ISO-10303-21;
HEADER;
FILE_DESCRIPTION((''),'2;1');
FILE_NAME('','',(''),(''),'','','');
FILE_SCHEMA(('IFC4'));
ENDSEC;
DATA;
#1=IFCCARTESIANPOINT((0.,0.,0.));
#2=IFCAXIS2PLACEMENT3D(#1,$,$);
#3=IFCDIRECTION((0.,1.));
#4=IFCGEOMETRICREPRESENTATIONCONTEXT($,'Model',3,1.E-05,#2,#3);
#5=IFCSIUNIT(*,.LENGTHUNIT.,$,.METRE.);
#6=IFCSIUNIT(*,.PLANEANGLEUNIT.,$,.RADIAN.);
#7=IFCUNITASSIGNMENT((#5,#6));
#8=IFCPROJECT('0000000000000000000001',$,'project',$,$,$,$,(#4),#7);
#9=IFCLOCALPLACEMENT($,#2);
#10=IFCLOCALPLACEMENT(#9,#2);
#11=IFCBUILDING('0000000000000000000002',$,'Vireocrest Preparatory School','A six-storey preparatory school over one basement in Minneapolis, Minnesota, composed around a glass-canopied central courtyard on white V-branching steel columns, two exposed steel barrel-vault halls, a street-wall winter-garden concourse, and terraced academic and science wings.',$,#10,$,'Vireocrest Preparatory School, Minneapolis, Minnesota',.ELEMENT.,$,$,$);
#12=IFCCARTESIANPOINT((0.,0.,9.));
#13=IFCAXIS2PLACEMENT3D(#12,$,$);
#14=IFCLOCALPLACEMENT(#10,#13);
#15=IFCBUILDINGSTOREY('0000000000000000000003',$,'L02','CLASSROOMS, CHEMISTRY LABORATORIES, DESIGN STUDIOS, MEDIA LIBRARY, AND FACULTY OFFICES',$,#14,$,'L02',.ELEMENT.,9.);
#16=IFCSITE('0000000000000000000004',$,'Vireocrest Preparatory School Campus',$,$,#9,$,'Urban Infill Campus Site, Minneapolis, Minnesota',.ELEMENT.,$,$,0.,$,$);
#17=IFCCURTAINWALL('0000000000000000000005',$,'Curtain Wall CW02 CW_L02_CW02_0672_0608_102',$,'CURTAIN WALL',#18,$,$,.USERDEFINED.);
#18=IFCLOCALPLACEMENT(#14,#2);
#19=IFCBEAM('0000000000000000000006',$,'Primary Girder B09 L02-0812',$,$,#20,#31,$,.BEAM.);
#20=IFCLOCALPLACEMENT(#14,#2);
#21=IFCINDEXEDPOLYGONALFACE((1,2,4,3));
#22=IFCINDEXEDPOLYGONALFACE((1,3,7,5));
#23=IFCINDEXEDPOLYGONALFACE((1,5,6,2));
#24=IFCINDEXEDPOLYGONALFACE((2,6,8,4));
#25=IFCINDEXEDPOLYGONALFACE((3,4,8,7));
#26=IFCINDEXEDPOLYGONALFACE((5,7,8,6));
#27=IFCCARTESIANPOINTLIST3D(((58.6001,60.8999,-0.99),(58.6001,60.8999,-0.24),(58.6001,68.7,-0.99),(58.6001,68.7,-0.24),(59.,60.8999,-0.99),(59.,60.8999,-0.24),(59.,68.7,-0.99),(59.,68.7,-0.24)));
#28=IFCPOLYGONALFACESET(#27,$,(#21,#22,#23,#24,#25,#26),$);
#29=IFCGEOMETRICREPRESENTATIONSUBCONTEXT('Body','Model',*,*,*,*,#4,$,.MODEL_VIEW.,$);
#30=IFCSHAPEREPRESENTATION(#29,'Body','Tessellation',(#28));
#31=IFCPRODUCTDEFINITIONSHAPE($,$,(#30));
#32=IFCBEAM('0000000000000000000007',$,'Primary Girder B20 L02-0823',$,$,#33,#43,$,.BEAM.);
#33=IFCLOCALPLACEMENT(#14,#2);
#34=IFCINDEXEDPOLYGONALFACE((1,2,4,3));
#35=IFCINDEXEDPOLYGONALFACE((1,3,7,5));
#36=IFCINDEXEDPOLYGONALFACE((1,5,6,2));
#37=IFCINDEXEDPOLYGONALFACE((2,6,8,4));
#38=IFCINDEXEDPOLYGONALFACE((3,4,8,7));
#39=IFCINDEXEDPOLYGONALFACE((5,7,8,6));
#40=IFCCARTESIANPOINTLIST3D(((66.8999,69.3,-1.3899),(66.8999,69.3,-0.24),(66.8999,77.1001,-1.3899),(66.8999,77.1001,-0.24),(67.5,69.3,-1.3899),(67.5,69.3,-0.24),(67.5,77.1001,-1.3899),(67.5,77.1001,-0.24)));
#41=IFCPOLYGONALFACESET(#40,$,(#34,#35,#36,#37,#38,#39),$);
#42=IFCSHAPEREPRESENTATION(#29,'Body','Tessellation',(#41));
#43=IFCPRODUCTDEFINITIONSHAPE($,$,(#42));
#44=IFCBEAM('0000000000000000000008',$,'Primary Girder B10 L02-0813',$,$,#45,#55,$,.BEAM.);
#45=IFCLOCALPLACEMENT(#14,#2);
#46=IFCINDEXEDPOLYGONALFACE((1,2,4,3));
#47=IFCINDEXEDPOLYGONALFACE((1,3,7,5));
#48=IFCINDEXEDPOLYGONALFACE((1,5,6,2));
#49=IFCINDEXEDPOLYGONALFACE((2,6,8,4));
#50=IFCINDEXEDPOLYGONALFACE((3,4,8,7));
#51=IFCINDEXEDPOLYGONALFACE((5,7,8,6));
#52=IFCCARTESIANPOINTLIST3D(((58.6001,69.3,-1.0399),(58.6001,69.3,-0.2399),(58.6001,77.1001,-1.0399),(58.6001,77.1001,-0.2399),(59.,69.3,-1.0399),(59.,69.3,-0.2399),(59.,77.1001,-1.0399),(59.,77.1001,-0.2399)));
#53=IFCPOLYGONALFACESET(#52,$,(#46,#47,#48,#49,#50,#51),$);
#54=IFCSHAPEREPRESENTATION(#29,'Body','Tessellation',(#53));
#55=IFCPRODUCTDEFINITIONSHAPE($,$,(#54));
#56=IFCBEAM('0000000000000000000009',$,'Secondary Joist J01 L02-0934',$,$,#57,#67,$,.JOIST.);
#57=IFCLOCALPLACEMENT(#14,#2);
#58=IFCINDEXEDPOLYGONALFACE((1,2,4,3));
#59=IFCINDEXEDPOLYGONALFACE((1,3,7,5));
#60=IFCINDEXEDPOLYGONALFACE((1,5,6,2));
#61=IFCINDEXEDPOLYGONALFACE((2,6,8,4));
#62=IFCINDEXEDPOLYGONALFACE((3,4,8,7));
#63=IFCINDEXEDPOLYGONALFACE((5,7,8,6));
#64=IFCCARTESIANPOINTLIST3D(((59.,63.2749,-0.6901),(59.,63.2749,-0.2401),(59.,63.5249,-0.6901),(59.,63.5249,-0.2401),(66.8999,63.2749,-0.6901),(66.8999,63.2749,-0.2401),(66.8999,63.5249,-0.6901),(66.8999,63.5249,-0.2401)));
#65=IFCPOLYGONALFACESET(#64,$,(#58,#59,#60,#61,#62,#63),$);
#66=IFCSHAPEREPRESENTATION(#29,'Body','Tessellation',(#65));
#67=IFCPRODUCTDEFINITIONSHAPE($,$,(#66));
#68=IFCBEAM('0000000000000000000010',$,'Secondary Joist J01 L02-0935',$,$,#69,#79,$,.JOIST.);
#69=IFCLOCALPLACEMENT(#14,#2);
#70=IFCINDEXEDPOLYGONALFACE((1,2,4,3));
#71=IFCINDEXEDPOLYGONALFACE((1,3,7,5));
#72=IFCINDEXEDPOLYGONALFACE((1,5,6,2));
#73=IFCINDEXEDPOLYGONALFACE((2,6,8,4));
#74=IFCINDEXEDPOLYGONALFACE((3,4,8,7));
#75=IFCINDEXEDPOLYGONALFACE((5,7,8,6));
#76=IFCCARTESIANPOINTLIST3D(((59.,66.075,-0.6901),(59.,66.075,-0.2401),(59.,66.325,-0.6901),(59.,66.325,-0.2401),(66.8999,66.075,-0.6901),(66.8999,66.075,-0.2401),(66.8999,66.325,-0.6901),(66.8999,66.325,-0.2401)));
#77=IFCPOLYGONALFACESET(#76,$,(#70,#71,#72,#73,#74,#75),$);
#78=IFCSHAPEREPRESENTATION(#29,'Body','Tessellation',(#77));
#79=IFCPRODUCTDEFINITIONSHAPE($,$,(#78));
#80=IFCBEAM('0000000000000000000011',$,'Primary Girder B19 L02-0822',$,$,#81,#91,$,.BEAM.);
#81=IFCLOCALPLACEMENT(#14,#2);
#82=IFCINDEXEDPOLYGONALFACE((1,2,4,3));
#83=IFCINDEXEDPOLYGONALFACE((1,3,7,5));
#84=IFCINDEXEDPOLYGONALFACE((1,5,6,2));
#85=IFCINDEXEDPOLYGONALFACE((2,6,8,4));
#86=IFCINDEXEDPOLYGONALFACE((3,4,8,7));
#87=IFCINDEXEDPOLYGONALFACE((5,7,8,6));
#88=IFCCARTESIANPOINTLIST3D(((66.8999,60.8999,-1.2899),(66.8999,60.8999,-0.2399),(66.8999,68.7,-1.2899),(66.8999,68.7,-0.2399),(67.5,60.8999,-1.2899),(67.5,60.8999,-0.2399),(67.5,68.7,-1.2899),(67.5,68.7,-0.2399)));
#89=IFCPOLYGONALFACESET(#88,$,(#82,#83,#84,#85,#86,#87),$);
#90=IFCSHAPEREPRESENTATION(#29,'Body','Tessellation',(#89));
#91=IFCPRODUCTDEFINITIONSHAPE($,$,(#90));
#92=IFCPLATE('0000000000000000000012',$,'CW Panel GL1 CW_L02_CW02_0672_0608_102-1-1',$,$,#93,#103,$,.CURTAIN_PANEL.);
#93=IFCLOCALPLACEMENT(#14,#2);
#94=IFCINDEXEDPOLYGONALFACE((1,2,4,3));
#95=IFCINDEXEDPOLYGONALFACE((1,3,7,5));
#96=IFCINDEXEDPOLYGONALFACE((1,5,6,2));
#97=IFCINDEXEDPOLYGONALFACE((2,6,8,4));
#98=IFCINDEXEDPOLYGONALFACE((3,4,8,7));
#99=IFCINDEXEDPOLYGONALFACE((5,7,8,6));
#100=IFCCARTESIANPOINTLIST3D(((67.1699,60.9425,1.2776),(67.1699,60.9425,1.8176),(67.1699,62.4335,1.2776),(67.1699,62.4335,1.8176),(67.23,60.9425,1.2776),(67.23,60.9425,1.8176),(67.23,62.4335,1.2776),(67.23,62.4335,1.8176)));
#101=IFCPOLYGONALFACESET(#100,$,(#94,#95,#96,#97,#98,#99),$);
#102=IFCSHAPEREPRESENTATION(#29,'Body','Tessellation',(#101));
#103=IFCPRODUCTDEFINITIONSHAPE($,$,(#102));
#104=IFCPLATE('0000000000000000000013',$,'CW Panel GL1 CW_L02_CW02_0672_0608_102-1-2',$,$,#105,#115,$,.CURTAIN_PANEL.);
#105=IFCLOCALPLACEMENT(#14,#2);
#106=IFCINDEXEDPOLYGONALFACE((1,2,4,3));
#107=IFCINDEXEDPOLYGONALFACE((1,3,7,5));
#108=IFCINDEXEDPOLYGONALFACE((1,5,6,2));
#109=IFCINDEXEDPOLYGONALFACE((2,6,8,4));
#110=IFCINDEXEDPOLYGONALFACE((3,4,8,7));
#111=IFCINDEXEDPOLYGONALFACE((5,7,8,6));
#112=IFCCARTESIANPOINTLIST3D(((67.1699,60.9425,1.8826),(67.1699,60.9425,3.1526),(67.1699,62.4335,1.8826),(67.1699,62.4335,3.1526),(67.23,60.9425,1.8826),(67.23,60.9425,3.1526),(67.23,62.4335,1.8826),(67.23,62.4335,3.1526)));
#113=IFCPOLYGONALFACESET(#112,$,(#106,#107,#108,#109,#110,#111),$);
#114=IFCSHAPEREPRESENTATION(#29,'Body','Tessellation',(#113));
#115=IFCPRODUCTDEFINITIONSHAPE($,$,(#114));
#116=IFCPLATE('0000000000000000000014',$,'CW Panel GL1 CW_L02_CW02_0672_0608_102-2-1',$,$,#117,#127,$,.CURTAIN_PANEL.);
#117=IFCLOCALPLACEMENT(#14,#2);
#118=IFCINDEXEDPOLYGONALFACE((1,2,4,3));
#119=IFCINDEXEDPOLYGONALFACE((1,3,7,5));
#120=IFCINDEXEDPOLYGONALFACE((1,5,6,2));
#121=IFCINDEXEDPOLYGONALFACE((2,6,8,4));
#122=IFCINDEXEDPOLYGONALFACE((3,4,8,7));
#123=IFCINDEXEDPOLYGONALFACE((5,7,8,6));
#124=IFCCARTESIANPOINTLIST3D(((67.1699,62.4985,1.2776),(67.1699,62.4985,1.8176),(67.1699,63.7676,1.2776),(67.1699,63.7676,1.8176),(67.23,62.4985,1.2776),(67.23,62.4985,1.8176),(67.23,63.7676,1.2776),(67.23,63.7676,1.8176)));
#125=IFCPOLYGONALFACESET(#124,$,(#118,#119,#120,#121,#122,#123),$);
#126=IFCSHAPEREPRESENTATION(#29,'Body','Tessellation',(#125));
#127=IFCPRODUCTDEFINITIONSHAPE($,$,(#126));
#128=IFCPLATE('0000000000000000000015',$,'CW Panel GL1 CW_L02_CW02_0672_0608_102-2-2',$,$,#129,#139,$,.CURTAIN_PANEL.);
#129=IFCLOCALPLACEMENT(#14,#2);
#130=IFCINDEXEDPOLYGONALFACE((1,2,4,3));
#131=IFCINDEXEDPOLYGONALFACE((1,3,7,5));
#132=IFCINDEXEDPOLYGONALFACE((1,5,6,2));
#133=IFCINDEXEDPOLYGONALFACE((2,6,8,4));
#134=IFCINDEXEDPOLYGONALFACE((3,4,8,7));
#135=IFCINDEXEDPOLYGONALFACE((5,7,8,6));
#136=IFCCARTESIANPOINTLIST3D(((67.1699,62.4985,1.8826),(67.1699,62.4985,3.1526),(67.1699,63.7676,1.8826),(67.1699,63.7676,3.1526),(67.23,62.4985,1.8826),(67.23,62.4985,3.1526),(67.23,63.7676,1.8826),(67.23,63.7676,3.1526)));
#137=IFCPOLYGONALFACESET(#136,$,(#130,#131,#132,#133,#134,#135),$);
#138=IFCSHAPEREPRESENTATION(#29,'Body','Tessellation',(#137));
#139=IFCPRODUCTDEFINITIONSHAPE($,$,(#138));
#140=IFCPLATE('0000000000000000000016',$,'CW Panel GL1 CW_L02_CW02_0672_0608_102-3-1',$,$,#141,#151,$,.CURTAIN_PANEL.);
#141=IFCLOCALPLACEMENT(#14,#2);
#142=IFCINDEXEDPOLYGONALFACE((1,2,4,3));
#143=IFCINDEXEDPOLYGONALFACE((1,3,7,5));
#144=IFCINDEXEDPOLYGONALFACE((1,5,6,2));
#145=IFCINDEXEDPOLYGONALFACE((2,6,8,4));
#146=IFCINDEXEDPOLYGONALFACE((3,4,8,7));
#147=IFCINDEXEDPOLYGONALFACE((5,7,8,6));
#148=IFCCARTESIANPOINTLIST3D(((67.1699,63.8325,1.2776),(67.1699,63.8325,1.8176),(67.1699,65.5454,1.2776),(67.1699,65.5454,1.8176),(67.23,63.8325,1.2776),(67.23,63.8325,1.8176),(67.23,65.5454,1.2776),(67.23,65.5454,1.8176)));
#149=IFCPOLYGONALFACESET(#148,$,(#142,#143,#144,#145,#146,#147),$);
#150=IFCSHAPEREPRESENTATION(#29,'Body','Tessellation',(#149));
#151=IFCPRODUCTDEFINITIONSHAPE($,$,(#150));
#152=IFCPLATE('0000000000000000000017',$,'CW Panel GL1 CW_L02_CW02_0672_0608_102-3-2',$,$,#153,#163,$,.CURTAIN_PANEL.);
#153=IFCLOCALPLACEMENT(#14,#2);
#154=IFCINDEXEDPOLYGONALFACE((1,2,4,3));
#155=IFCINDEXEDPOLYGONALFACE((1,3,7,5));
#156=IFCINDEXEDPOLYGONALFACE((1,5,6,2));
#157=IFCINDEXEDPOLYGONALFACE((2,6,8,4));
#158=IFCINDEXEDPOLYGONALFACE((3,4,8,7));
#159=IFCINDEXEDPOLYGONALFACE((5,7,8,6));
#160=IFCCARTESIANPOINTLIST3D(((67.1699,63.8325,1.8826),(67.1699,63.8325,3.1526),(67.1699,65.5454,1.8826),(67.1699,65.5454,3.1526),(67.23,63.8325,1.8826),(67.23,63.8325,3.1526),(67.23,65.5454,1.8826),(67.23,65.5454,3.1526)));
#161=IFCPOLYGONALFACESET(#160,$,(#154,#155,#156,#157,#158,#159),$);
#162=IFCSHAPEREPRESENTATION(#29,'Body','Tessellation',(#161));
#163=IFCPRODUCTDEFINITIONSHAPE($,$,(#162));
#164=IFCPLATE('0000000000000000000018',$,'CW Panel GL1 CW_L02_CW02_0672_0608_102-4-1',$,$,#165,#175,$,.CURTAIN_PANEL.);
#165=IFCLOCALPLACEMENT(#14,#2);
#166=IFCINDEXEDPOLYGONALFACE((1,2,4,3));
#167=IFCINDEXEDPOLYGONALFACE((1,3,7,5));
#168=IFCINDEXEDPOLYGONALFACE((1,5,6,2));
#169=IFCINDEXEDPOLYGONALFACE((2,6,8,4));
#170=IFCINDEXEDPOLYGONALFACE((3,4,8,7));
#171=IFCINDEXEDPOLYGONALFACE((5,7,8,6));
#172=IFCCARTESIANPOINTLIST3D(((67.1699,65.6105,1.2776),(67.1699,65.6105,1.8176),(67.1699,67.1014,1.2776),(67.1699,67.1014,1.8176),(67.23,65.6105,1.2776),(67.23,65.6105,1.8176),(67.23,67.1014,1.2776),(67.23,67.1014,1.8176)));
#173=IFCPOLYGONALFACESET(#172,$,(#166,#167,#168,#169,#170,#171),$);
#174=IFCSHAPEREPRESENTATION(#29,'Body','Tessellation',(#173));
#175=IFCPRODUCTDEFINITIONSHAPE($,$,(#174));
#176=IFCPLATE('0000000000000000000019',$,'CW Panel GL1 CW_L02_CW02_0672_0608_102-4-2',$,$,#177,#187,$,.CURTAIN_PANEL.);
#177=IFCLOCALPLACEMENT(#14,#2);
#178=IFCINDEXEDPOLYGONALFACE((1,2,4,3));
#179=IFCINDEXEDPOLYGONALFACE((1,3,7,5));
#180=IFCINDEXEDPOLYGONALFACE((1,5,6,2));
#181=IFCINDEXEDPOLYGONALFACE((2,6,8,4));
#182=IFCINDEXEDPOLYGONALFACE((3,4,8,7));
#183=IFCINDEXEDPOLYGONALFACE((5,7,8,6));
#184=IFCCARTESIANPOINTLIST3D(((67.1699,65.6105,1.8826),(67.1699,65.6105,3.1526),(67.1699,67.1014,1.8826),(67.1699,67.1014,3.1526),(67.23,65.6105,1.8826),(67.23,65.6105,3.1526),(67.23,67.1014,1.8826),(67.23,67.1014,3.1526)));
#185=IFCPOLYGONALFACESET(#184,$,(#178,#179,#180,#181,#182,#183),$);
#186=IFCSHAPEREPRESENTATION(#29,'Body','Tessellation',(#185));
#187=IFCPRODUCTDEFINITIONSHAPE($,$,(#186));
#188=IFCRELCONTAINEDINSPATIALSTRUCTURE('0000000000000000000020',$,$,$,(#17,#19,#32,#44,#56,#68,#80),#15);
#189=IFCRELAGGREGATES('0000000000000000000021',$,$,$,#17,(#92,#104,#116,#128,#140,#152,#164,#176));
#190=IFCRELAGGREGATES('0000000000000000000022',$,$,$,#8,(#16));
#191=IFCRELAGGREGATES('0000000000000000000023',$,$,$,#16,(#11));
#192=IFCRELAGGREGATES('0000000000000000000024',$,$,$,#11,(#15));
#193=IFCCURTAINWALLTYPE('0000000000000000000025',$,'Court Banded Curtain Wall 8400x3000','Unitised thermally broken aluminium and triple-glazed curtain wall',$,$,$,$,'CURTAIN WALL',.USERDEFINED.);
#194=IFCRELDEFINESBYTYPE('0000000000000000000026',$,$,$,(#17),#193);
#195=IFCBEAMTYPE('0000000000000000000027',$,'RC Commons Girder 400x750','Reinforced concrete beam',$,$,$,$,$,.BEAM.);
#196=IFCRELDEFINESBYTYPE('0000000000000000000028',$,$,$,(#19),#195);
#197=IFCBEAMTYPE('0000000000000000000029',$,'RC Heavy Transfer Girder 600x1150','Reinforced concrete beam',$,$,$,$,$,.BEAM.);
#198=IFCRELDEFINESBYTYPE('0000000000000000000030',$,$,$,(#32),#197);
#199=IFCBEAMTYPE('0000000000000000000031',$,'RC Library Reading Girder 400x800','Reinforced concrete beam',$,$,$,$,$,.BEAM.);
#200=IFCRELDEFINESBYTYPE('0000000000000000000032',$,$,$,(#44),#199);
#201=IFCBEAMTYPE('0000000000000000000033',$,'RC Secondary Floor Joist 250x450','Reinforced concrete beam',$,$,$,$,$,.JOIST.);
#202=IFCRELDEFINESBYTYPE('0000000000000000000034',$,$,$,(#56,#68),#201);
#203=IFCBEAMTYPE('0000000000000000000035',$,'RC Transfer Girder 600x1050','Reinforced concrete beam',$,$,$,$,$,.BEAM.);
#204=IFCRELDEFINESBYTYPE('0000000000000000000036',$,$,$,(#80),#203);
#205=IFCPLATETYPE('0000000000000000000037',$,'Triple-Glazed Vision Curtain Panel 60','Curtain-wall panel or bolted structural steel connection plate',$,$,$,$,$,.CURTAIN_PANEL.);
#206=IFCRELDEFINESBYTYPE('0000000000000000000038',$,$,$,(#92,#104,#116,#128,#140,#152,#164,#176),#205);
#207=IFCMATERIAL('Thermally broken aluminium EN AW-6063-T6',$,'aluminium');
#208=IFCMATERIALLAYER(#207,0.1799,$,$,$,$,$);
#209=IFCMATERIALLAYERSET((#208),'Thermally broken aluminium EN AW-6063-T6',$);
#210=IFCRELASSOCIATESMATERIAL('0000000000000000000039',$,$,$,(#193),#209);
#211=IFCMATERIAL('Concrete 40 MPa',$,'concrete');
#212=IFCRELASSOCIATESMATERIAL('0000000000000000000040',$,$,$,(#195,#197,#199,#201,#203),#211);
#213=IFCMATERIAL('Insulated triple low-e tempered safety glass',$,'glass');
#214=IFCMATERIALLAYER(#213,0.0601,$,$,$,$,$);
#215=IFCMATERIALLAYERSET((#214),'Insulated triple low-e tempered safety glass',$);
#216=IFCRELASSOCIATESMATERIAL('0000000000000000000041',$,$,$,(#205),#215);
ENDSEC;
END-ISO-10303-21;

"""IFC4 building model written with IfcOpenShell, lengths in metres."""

from ifc_helpers import new_model, si_unit, direction, frame, origin, origin_2d, place, context, subcontext, project, spatial, rectangle, extrude, material, layer, layer_set, material_profile, profile_set, type_object, element, aggregate, save


model = new_model("IFC4")

# Units and contexts
model_context = context("Model", 3, precision=1e-05, world=origin(), true_north=direction((0.0, 1.0)))
body_context = subcontext(model_context, "Body", "Model", "MODEL_VIEW")
ifc_project = project(units=[si_unit("LENGTHUNIT", "METRE"), si_unit("PLANEANGLEUNIT", "RADIAN")], contexts=[model_context])

# Site, building, storey
site_placement = place(None, origin())
site = spatial("IfcSite", under=ifc_project, at=site_placement, Name="Vireocrest Preparatory School Campus", LongName="Urban Infill Campus Site, Minneapolis, Minnesota", CompositionType="ELEMENT", RefElevation=0.0)
building_placement = place(site_placement, origin())
building = spatial("IfcBuilding", under=site, at=building_placement, Name="Vireocrest Preparatory School", Description="A six-storey preparatory school over one basement in Minneapolis, Minnesota, composed around a glass-canopied central courtyard on white V-branching steel columns, two exposed steel barrel-vault halls, a street-wall winter-garden concourse, and terraced academic and science wings.", LongName="Vireocrest Preparatory School, Minneapolis, Minnesota", CompositionType="ELEMENT")
storey_placement = place(building_placement, frame((0.0, 0.0, 9.0)))
storey = spatial("IfcBuildingStorey", under=building, at=storey_placement, Name="L02", Description="CLASSROOMS, CHEMISTRY LABORATORIES, DESIGN STUDIOS, MEDIA LIBRARY, AND FACULTY OFFICES", LongName="L02", CompositionType="ELEMENT", Elevation=9.0)

# Curtain wall
ifc_material_1 = material(Name="Thermally broken aluminium EN AW-6063-T6", Category="aluminium")
ifc_layer_1 = layer(ifc_material_1, 0.1799)
ifc_layer_set_1 = layer_set([ifc_layer_1], Name="Thermally broken aluminium EN AW-6063-T6")
curtain_wall_type = type_object("IfcCurtainWallType", Name="Court Banded Curtain Wall 8400x3000", Description="Unitised thermally broken aluminium and triple-glazed curtain wall", ElementType="CURTAIN WALL", PredefinedType="USERDEFINED", material=ifc_layer_set_1)
curtain_wall_1_placement = place(storey_placement, origin())
curtain_wall_1 = element("IfcCurtainWall", 1, at=curtain_wall_1_placement, inside=storey, type_object=curtain_wall_type, Name="Curtain Wall CW02 CW_L02_CW02_0672_0608_102", ObjectType="CURTAIN WALL", PredefinedType="USERDEFINED")

# Beams
ifc_material_2 = material(Name="Concrete 40 MPa", Category="concrete")
ifc_material_profile_1 = material_profile(ifc_material_2, rectangle(XDim=0.3999, YDim=0.75, at=origin_2d()), Name="RC 400x750")
ifc_profile_set_1 = profile_set([ifc_material_profile_1], Name="Concrete 40 MPa")
beam_type_1 = type_object("IfcBeamType", Name="RC Commons Girder 400x750", Description="Reinforced concrete beam", PredefinedType="BEAM", material=ifc_profile_set_1)
beam_1_placement = place(storey_placement, frame((58.8, 60.8999, -0.615), z_axis=(0.0, 1.0, 0.0), x_axis=(-1.0, 0.0, 0.0)))
element("IfcBeam", 2, at=beam_1_placement, inside=storey, type_object=beam_type_1, Name="Primary Girder B09 L02-0812", PredefinedType="BEAM", context=body_context, shape_type="SweptSolid", body=[
    extrude(rectangle(XDim=0.3999, YDim=0.75, at=origin_2d()), origin(), (0.0, 0.0, 1.0), 7.8),
])
ifc_material_profile_2 = material_profile(ifc_material_2, rectangle(XDim=0.6001, YDim=1.1499, at=origin_2d()), Name="RC 600x1150")
ifc_profile_set_2 = profile_set([ifc_material_profile_2], Name="Concrete 40 MPa")
beam_type_2 = type_object("IfcBeamType", Name="RC Heavy Transfer Girder 600x1150", Description="Reinforced concrete beam", PredefinedType="BEAM", material=ifc_profile_set_2)
beam_2_placement = place(storey_placement, frame((67.2, 69.3, -0.8149), z_axis=(0.0, 1.0, 0.0), x_axis=(-1.0, 0.0, 0.0)))
element("IfcBeam", 3, at=beam_2_placement, inside=storey, type_object=beam_type_2, Name="Primary Girder B20 L02-0823", PredefinedType="BEAM", context=body_context, shape_type="SweptSolid", body=[
    extrude(rectangle(XDim=0.6001, YDim=1.1499, at=origin_2d()), origin(), (0.0, 0.0, 1.0), 7.8),
])
ifc_material_profile_3 = material_profile(ifc_material_2, rectangle(XDim=0.3999, YDim=0.8, at=origin_2d()), Name="RC 400x800")
ifc_profile_set_3 = profile_set([ifc_material_profile_3], Name="Concrete 40 MPa")
beam_type_3 = type_object("IfcBeamType", Name="RC Library Reading Girder 400x800", Description="Reinforced concrete beam", PredefinedType="BEAM", material=ifc_profile_set_3)
beam_3_placement = place(storey_placement, frame((58.8, 69.3, -0.6399), z_axis=(0.0, 1.0, 0.0), x_axis=(-1.0, 0.0, 0.0)))
element("IfcBeam", 4, at=beam_3_placement, inside=storey, type_object=beam_type_3, Name="Primary Girder B10 L02-0813", PredefinedType="BEAM", context=body_context, shape_type="SweptSolid", body=[
    extrude(rectangle(XDim=0.3999, YDim=0.8, at=origin_2d()), origin(), (0.0, 0.0, 1.0), 7.8),
])
ifc_material_profile_4 = material_profile(ifc_material_2, rectangle(XDim=0.25, YDim=0.45, at=origin_2d()), Name="RC 250x450")
ifc_profile_set_4 = profile_set([ifc_material_profile_4], Name="Concrete 40 MPa")
beam_type_4 = type_object("IfcBeamType", Name="RC Secondary Floor Joist 250x450", Description="Reinforced concrete beam", PredefinedType="JOIST", material=ifc_profile_set_4)
for number, where, z_axis, x_axis, name in (
    (5, (59.0, 63.3999, -0.4651), (1.0, 0.0, 0.0), (0.0, 1.0, 0.0), "Secondary Joist J01 L02-0934"),
    (6, (59.0, 66.2, -0.4651), (1.0, 0.0, 0.0), (0.0, 1.0, 0.0), "Secondary Joist J01 L02-0935"),
):
    element("IfcBeam", number, at=place(storey_placement, frame(where, z_axis=z_axis, x_axis=x_axis)), inside=storey, type_object=beam_type_4, Name=name, PredefinedType="JOIST", context=body_context, shape_type="SweptSolid", body=[
        extrude(rectangle(XDim=0.25, YDim=0.45, at=origin_2d()), origin(), (0.0, 0.0, 1.0), 7.8999),
    ])
ifc_material_profile_5 = material_profile(ifc_material_2, rectangle(XDim=0.6001, YDim=1.05, at=origin_2d()), Name="RC 600x1050")
ifc_profile_set_5 = profile_set([ifc_material_profile_5], Name="Concrete 40 MPa")
beam_type_5 = type_object("IfcBeamType", Name="RC Transfer Girder 600x1050", Description="Reinforced concrete beam", PredefinedType="BEAM", material=ifc_profile_set_5)
beam_4_placement = place(storey_placement, frame((67.2, 60.8999, -0.7649), z_axis=(0.0, 1.0, 0.0), x_axis=(-1.0, 0.0, 0.0)))
element("IfcBeam", 7, at=beam_4_placement, inside=storey, type_object=beam_type_5, Name="Primary Girder B19 L02-0822", PredefinedType="BEAM", context=body_context, shape_type="SweptSolid", body=[
    extrude(rectangle(XDim=0.6001, YDim=1.05, at=origin_2d()), origin(), (0.0, 0.0, 1.0), 7.8),
])

# Plates
ifc_material_3 = material(Name="Insulated triple low-e tempered safety glass", Category="glass")
ifc_layer_2 = layer(ifc_material_3, 0.0601)
ifc_layer_set_2 = layer_set([ifc_layer_2], Name="Insulated triple low-e tempered safety glass")
plate_type = type_object("IfcPlateType", Name="Triple-Glazed Vision Curtain Panel 60", Description="Curtain-wall panel or bolted structural steel connection plate", PredefinedType="CURTAIN_PANEL", material=ifc_layer_set_2)
plate_1_placement = place(storey_placement, frame((67.2, 61.688, 1.2776), z_axis=(0.0, 0.0, 1.0), x_axis=(0.0, 1.0, 0.0)))
plate_1 = element("IfcPlate", 8, at=plate_1_placement, type_object=plate_type, Name="CW Panel GL1 CW_L02_CW02_0672_0608_102-1-1", PredefinedType="CURTAIN_PANEL", context=body_context, shape_type="SweptSolid", body=[
    extrude(rectangle(XDim=1.491, YDim=0.0601, at=origin_2d()), origin(), (0.0, 0.0, 1.0), 0.54),
])
plate_2_placement = place(storey_placement, frame((67.2, 61.688, 1.8826), z_axis=(0.0, 0.0, 1.0), x_axis=(0.0, 1.0, 0.0)))
plate_2 = element("IfcPlate", 9, at=plate_2_placement, type_object=plate_type, Name="CW Panel GL1 CW_L02_CW02_0672_0608_102-1-2", PredefinedType="CURTAIN_PANEL", context=body_context, shape_type="SweptSolid", body=[
    extrude(rectangle(XDim=1.491, YDim=0.0601, at=origin_2d()), origin(), (0.0, 0.0, 1.0), 1.27),
])
plate_3_placement = place(storey_placement, frame((67.2, 63.1331, 1.2776), z_axis=(0.0, 0.0, 1.0), x_axis=(0.0, 1.0, 0.0)))
plate_3 = element("IfcPlate", 10, at=plate_3_placement, type_object=plate_type, Name="CW Panel GL1 CW_L02_CW02_0672_0608_102-2-1", PredefinedType="CURTAIN_PANEL", context=body_context, shape_type="SweptSolid", body=[
    extrude(rectangle(XDim=1.269, YDim=0.0601, at=origin_2d()), origin(), (0.0, 0.0, 1.0), 0.54),
])
plate_4_placement = place(storey_placement, frame((67.2, 63.1331, 1.8826), z_axis=(0.0, 0.0, 1.0), x_axis=(0.0, 1.0, 0.0)))
plate_4 = element("IfcPlate", 11, at=plate_4_placement, type_object=plate_type, Name="CW Panel GL1 CW_L02_CW02_0672_0608_102-2-2", PredefinedType="CURTAIN_PANEL", context=body_context, shape_type="SweptSolid", body=[
    extrude(rectangle(XDim=1.269, YDim=0.0601, at=origin_2d()), origin(), (0.0, 0.0, 1.0), 1.27),
])
plate_5_placement = place(storey_placement, frame((67.2, 64.689, 1.2776), z_axis=(0.0, 0.0, 1.0), x_axis=(0.0, 1.0, 0.0)))
plate_5 = element("IfcPlate", 12, at=plate_5_placement, type_object=plate_type, Name="CW Panel GL1 CW_L02_CW02_0672_0608_102-3-1", PredefinedType="CURTAIN_PANEL", context=body_context, shape_type="SweptSolid", body=[
    extrude(rectangle(XDim=1.7129, YDim=0.0601, at=origin_2d()), origin(), (0.0, 0.0, 1.0), 0.54),
])
plate_6_placement = place(storey_placement, frame((67.2, 64.689, 1.8826), z_axis=(0.0, 0.0, 1.0), x_axis=(0.0, 1.0, 0.0)))
plate_6 = element("IfcPlate", 13, at=plate_6_placement, type_object=plate_type, Name="CW Panel GL1 CW_L02_CW02_0672_0608_102-3-2", PredefinedType="CURTAIN_PANEL", context=body_context, shape_type="SweptSolid", body=[
    extrude(rectangle(XDim=1.7129, YDim=0.0601, at=origin_2d()), origin(), (0.0, 0.0, 1.0), 1.27),
])
plate_7_placement = place(storey_placement, frame((67.2, 66.356, 1.2776), z_axis=(0.0, 0.0, 1.0), x_axis=(0.0, 1.0, 0.0)))
plate_7 = element("IfcPlate", 14, at=plate_7_placement, type_object=plate_type, Name="CW Panel GL1 CW_L02_CW02_0672_0608_102-4-1", PredefinedType="CURTAIN_PANEL", context=body_context, shape_type="SweptSolid", body=[
    extrude(rectangle(XDim=1.491, YDim=0.0601, at=origin_2d()), origin(), (0.0, 0.0, 1.0), 0.54),
])
plate_8_placement = place(storey_placement, frame((67.2, 66.356, 1.8826), z_axis=(0.0, 0.0, 1.0), x_axis=(0.0, 1.0, 0.0)))
plate_8 = element("IfcPlate", 15, at=plate_8_placement, type_object=plate_type, Name="CW Panel GL1 CW_L02_CW02_0672_0608_102-4-2", PredefinedType="CURTAIN_PANEL", context=body_context, shape_type="SweptSolid", body=[
    extrude(rectangle(XDim=1.491, YDim=0.0601, at=origin_2d()), origin(), (0.0, 0.0, 1.0), 1.27),
])
aggregate(curtain_wall_1, [plate_1, plate_2, plate_3, plate_4, plate_5, plate_6, plate_7, plate_8])

save(model, "model.ifc")
